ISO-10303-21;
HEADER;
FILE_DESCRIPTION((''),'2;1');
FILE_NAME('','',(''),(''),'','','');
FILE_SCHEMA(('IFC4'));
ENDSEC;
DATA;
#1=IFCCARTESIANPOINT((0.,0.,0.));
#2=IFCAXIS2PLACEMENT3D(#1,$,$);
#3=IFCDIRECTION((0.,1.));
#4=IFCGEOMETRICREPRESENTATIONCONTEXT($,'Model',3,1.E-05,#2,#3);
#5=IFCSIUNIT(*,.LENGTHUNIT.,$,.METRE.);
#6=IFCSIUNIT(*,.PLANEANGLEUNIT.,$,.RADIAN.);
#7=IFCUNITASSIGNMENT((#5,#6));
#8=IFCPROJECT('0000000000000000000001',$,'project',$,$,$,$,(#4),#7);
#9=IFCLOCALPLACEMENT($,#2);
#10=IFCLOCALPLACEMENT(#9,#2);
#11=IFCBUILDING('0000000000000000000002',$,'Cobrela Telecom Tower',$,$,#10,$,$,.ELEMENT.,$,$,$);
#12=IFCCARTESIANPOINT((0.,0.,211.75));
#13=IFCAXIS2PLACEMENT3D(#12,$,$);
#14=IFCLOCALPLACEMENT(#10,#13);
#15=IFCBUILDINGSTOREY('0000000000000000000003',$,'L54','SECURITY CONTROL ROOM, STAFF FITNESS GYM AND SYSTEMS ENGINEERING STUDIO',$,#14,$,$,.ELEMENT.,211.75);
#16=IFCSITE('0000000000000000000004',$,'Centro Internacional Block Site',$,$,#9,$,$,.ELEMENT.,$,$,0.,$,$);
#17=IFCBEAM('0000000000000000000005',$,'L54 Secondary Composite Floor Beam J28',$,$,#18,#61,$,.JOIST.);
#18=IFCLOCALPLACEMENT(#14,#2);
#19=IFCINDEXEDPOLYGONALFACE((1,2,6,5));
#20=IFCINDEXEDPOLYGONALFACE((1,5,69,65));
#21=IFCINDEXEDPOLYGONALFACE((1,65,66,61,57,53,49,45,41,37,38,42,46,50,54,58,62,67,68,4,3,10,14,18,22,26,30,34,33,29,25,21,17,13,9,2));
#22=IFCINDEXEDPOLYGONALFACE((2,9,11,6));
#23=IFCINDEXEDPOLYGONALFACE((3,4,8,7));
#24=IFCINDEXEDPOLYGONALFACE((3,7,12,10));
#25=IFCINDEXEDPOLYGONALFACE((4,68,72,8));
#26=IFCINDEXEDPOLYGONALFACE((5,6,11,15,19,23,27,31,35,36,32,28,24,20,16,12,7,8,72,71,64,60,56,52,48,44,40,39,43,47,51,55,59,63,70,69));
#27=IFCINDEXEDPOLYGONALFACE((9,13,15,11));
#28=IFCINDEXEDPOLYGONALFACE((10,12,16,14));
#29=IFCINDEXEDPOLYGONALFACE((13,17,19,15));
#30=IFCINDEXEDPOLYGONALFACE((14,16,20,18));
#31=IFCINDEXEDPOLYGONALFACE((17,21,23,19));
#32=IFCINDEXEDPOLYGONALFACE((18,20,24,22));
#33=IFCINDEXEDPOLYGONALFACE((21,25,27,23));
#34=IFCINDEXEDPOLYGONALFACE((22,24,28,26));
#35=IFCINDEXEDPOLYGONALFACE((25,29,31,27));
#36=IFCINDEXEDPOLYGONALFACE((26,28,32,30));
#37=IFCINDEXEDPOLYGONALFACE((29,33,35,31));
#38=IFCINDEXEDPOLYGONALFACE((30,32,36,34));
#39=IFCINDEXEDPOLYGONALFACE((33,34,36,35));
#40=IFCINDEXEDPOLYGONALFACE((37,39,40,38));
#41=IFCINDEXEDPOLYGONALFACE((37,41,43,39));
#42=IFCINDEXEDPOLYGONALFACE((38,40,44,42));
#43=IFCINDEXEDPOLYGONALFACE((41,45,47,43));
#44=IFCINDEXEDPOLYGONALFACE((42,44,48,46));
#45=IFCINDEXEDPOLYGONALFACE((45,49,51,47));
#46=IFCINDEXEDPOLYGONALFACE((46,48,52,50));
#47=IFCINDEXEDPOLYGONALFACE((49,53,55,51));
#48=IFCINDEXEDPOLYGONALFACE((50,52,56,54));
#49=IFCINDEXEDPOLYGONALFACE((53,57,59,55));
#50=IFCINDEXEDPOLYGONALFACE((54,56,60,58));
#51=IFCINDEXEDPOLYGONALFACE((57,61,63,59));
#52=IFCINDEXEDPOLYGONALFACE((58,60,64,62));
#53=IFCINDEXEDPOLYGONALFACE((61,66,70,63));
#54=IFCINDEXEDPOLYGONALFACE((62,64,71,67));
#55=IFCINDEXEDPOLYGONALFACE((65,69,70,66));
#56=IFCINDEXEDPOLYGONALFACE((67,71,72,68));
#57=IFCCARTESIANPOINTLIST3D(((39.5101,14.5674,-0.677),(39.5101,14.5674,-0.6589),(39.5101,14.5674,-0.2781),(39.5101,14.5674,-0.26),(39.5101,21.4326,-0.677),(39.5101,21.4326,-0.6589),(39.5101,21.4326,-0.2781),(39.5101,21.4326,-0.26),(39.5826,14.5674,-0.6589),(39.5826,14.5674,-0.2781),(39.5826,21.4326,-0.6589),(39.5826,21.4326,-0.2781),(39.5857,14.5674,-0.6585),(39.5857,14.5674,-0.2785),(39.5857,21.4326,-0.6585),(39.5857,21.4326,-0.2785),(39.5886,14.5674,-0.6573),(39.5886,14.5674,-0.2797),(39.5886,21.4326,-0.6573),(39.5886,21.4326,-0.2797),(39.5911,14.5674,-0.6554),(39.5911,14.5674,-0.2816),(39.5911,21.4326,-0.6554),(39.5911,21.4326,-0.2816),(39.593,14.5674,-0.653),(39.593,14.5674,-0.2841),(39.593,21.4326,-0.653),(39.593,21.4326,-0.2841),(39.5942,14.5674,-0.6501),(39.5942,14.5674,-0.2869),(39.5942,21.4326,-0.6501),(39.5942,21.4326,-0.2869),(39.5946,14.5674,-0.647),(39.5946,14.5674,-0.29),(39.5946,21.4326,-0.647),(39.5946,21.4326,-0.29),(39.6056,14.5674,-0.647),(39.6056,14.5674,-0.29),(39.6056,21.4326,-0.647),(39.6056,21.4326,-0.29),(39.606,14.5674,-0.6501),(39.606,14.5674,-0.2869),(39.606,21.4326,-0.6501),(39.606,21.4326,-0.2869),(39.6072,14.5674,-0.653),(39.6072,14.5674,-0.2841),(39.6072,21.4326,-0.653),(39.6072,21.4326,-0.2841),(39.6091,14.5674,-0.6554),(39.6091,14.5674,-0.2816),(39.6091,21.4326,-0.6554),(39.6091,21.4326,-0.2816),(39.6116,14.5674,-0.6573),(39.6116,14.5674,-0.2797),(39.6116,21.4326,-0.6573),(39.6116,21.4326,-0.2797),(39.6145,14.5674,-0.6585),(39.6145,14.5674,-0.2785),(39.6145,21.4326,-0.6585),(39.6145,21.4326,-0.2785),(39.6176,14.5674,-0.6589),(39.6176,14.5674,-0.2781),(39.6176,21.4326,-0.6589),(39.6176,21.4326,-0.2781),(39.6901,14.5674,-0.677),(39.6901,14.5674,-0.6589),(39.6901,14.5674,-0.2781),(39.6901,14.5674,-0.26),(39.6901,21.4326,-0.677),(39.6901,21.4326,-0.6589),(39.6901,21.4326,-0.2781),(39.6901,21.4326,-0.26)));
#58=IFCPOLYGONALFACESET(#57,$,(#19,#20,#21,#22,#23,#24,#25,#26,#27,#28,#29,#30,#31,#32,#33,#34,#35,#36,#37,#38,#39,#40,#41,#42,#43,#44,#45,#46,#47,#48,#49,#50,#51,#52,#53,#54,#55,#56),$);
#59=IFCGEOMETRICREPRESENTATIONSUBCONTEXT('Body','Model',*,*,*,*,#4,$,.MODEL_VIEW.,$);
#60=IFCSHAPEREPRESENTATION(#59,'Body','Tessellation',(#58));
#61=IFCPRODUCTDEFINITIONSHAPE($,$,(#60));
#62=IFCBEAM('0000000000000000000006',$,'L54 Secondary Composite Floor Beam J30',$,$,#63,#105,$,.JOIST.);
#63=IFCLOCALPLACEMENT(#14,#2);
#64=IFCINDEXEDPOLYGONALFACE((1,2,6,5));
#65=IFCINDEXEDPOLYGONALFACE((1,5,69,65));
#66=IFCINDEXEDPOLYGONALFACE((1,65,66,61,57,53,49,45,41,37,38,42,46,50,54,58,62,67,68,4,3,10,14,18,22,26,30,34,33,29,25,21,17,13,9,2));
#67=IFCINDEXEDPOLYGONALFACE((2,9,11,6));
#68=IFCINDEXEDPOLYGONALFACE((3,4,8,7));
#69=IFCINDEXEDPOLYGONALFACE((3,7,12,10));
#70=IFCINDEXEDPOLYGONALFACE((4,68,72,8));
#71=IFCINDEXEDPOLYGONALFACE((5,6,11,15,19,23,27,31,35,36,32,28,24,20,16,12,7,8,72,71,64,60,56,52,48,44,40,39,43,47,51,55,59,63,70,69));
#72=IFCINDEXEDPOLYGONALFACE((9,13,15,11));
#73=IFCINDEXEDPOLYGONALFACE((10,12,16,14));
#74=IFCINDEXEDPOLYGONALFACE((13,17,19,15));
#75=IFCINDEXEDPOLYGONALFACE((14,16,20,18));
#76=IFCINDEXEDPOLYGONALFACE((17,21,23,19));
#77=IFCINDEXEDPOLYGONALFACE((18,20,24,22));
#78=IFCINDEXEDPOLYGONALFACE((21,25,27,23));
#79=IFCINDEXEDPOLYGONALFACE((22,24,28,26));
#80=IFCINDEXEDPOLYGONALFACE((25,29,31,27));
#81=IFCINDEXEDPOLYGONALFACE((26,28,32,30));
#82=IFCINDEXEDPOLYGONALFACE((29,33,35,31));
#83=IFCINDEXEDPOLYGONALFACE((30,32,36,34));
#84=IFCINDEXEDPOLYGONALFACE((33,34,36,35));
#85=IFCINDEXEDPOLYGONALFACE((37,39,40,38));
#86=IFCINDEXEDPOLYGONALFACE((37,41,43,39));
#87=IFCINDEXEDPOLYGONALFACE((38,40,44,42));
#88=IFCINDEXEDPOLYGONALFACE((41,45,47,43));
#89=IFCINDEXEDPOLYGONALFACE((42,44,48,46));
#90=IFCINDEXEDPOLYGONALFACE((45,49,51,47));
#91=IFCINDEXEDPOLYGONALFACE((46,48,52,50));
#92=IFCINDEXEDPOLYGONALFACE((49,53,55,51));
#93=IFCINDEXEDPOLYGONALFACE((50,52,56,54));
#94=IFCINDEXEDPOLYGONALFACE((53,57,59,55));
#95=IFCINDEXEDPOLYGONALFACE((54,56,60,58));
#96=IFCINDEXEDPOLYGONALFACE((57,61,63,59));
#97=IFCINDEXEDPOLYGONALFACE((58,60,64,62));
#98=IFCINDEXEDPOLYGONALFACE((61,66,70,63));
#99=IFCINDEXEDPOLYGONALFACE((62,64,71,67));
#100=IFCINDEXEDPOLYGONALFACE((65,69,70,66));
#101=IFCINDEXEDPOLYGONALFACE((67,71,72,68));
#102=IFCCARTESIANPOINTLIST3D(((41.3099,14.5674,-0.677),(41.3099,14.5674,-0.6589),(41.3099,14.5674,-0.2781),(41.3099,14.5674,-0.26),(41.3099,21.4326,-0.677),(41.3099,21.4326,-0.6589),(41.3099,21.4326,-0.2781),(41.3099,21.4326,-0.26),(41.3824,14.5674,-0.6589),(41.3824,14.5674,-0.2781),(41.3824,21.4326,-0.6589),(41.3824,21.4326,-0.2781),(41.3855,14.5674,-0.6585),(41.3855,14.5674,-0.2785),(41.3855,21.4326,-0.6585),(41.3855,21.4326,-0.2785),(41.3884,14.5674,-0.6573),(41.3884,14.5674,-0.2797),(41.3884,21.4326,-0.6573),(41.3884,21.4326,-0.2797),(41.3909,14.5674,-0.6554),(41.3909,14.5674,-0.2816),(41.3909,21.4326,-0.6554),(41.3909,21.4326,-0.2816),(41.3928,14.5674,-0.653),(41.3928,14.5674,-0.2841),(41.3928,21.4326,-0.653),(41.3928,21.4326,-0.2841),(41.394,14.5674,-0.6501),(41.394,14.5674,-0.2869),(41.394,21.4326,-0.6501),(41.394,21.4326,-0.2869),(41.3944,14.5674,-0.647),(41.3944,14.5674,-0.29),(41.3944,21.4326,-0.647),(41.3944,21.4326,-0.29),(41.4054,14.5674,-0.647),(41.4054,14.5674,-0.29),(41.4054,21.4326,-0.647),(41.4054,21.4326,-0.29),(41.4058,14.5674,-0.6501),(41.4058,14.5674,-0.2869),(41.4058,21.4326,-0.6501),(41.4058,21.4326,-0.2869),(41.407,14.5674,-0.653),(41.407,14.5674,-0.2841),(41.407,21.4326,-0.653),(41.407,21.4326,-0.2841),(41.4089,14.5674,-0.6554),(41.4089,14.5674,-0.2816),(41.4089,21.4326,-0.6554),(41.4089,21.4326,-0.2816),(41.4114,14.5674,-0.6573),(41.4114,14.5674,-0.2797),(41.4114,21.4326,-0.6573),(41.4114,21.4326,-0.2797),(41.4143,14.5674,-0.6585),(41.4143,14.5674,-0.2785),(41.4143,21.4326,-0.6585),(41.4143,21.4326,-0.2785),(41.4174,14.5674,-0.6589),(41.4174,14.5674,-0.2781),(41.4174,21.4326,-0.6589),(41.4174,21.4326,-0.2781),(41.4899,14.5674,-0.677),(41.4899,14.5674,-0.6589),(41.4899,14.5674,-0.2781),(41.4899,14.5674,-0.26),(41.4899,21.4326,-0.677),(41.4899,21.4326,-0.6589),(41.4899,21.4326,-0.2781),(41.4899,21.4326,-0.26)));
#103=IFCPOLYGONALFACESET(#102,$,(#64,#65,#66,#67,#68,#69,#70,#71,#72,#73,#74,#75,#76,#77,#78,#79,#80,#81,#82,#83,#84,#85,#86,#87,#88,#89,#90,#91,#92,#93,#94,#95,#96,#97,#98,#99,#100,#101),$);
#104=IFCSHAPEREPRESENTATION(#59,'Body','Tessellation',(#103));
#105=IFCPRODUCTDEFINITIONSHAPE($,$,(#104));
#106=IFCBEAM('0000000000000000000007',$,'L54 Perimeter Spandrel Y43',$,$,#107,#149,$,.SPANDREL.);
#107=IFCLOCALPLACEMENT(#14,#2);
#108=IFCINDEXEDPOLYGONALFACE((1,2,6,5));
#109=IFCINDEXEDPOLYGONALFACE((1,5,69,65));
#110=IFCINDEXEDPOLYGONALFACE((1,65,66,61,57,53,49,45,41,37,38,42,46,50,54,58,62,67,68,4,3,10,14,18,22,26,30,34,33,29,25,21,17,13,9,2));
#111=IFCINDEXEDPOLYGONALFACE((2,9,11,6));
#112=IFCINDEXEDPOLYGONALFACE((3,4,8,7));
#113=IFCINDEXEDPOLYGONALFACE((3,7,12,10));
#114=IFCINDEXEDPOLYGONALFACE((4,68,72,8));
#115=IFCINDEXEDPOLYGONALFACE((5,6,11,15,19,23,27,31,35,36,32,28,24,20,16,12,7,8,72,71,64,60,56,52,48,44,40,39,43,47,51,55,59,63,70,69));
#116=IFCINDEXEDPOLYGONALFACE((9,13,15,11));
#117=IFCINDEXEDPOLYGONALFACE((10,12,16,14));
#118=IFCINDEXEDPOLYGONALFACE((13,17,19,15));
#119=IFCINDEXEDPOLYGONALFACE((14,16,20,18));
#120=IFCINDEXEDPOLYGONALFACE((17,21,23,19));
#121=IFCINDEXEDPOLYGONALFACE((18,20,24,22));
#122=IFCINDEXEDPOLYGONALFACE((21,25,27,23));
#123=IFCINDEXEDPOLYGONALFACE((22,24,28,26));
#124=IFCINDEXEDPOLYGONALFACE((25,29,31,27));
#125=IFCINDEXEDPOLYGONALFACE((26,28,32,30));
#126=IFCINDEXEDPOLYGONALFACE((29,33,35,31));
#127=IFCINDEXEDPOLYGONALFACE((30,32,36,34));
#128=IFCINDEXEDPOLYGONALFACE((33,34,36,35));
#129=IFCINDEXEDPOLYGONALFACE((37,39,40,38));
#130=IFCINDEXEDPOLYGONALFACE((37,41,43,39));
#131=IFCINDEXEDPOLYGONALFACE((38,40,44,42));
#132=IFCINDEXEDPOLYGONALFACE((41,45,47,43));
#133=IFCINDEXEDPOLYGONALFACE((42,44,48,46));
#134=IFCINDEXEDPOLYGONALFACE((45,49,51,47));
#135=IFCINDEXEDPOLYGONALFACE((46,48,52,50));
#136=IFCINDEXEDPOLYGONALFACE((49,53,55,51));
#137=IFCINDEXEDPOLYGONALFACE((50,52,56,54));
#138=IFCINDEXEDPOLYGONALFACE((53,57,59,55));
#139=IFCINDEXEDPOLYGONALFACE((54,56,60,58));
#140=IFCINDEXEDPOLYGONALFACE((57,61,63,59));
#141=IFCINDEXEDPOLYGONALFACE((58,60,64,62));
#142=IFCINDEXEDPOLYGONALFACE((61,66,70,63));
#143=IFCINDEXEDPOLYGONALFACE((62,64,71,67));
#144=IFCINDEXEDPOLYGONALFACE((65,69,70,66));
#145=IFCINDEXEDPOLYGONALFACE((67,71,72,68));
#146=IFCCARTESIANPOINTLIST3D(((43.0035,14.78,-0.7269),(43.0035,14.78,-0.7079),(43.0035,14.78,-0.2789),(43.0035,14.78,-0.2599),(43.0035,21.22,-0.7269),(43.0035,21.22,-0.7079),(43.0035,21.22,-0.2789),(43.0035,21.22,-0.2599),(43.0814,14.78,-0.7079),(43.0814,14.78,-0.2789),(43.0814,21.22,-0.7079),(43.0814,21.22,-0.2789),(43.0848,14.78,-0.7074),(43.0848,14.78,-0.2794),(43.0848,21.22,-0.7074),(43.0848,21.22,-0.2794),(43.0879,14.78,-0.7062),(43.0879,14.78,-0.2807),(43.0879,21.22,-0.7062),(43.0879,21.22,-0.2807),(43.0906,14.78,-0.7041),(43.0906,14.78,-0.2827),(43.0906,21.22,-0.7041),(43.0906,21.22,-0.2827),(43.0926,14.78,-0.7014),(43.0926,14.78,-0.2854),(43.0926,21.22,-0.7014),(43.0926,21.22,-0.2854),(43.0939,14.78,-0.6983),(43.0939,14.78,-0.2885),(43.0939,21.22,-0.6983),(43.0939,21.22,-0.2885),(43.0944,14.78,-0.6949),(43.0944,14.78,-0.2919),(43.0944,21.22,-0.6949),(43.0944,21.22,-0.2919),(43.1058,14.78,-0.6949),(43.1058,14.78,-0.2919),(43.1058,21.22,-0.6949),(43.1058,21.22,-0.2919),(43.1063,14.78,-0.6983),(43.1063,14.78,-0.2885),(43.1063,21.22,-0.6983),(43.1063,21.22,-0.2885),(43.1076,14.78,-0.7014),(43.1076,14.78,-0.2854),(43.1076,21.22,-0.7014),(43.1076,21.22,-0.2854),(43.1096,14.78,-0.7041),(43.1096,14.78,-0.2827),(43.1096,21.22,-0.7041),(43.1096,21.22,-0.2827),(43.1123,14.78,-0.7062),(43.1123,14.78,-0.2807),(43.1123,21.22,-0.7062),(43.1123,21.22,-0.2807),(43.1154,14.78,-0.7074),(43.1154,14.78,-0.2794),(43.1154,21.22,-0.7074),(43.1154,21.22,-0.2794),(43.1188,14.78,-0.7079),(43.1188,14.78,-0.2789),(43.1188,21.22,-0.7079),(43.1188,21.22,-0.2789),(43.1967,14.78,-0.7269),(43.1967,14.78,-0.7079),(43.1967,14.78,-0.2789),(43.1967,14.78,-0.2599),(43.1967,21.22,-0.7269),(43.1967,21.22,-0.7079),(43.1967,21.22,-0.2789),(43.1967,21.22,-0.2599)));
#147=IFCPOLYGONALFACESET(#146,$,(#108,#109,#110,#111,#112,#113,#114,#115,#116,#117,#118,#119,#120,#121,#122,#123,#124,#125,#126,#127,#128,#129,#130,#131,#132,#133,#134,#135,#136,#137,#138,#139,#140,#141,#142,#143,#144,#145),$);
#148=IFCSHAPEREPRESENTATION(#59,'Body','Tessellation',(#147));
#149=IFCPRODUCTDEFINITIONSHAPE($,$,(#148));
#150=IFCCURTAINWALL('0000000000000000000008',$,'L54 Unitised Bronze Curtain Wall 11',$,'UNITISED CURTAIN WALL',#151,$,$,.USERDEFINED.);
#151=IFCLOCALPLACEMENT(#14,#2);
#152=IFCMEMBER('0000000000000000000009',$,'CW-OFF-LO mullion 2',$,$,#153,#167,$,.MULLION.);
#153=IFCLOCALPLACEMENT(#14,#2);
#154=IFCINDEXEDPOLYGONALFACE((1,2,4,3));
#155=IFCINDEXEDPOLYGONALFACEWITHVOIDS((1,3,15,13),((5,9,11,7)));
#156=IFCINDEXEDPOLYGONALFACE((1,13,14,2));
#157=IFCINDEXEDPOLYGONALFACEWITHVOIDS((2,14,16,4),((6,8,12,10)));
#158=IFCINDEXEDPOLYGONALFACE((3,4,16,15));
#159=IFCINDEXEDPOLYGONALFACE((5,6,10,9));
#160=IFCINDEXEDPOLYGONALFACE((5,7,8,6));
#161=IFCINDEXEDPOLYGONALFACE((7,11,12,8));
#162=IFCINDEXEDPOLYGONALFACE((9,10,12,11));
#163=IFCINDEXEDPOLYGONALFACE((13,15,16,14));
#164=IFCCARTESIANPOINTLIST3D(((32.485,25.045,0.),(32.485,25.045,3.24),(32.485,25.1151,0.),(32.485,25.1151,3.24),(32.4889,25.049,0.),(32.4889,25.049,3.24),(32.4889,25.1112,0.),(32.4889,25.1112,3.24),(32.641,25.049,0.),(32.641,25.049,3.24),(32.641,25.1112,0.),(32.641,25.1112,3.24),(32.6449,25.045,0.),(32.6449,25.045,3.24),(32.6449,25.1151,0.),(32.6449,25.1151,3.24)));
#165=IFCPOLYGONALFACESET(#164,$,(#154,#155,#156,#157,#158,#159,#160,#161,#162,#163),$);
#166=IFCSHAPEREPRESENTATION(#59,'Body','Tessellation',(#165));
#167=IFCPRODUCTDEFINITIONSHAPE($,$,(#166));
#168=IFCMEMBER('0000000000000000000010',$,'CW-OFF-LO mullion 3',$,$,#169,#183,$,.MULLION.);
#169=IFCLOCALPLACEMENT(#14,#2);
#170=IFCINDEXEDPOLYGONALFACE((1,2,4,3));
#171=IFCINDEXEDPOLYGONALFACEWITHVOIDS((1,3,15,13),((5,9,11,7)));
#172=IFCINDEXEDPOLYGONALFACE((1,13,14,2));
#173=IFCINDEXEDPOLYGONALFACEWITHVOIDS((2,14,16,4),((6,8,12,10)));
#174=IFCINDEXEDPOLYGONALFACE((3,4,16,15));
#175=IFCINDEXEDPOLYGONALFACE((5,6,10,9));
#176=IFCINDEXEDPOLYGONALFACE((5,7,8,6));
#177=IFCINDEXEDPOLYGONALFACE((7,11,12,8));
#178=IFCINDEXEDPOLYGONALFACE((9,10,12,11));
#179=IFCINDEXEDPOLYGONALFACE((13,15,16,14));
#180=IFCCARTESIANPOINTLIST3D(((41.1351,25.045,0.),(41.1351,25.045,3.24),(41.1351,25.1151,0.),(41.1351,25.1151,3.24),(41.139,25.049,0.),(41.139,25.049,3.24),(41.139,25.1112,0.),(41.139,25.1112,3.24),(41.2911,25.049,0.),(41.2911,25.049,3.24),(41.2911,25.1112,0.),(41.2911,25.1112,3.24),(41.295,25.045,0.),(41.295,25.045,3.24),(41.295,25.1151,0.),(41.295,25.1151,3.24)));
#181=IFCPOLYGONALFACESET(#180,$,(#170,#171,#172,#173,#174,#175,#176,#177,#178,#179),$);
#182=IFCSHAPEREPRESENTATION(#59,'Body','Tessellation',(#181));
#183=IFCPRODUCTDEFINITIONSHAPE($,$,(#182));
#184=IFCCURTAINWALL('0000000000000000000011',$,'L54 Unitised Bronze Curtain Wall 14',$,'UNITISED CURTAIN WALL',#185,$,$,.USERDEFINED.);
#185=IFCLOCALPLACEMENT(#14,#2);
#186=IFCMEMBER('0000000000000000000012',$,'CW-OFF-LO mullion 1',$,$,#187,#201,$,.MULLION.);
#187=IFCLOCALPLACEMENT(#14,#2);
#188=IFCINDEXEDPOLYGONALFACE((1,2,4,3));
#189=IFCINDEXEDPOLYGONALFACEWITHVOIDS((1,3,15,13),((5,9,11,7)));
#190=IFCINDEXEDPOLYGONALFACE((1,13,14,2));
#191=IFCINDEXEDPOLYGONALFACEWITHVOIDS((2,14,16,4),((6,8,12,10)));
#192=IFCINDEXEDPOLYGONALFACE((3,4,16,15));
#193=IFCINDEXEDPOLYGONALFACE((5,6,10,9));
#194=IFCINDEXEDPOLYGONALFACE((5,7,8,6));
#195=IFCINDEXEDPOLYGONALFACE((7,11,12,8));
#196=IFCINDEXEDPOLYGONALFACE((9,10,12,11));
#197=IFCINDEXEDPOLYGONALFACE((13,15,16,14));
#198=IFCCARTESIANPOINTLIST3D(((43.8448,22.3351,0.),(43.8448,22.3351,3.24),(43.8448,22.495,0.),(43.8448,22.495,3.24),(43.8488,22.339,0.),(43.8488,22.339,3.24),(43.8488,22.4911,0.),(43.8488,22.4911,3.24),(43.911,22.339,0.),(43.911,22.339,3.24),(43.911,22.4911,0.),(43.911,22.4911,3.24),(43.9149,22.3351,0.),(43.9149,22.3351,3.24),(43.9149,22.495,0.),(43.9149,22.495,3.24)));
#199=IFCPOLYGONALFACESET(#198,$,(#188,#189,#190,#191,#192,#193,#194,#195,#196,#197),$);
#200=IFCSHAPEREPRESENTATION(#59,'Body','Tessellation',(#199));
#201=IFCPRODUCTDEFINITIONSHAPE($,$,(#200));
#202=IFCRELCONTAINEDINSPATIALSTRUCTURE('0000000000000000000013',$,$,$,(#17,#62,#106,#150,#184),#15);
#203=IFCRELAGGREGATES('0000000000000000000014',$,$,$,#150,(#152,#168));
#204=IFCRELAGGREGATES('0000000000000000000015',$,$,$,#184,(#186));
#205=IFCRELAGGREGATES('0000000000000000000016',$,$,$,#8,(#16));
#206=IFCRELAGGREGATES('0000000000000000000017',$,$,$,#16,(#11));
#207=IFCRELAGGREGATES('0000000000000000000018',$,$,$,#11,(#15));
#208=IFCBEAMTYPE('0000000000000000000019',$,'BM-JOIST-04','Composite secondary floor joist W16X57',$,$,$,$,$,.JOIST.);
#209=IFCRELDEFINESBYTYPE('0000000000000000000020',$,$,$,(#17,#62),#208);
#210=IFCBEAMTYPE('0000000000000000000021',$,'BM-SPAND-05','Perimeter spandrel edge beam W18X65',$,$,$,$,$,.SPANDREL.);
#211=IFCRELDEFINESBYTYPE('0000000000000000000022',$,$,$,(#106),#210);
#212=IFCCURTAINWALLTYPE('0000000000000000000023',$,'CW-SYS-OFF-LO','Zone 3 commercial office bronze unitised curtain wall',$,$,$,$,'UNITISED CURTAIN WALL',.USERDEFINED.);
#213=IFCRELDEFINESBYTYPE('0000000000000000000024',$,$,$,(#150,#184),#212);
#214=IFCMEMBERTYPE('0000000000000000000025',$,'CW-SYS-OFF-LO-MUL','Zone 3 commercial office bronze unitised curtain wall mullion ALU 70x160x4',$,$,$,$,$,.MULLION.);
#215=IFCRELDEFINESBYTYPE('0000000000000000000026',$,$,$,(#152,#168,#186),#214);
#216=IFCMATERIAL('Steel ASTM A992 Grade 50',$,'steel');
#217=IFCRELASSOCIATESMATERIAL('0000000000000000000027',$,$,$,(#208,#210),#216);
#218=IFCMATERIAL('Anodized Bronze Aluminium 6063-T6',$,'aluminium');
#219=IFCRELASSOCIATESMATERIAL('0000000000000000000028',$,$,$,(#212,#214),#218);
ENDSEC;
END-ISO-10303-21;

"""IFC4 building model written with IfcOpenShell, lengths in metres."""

from ifc_helpers import new_model, si_unit, direction, frame, origin, origin_2d, place, context, subcontext, project, spatial, hollow_rectangle, i_section, extrude, material, material_profile, profile_set, type_object, element, aggregate, save


model = new_model("IFC4")

# Units and contexts
model_context = context("Model", 3, precision=1e-05, world=origin(), true_north=direction((0.0, 1.0)))
body_context = subcontext(model_context, "Body", "Model", "MODEL_VIEW")
ifc_project = project(units=[si_unit("LENGTHUNIT", "METRE"), si_unit("PLANEANGLEUNIT", "RADIAN")], contexts=[model_context])

# Site, building, storey
site_placement = place(None, origin())
site = spatial("IfcSite", under=ifc_project, at=site_placement, Name="Centro Internacional Block Site", CompositionType="ELEMENT", RefElevation=0.0)
building_placement = place(site_placement, origin())
building = spatial("IfcBuilding", under=site, at=building_placement, Name="Cobrela Telecom Tower", CompositionType="ELEMENT")
storey_placement = place(building_placement, frame((0.0, 0.0, 211.75)))
storey = spatial("IfcBuildingStorey", under=building, at=storey_placement, Name="L54", Description="SECURITY CONTROL ROOM, STAFF FITNESS GYM AND SYSTEMS ENGINEERING STUDIO", CompositionType="ELEMENT", Elevation=211.75)

# Shared definitions
ifc_material_1 = material(Name="Steel ASTM A992 Grade 50", Category="steel")

# Beams
ifc_material_profile_1 = material_profile(ifc_material_1, i_section(OverallWidth=0.1799, OverallDepth=0.417, WebThickness=0.011, FlangeThickness=0.0181, FilletRadius=0.012, at=origin_2d()), Name="W16X57")
ifc_profile_set_1 = profile_set([ifc_material_profile_1], Name="Steel ASTM A992 Grade 50")
beam_type_1 = type_object("IfcBeamType", Name="BM-JOIST-04", Description="Composite secondary floor joist W16X57", PredefinedType="JOIST", material=ifc_profile_set_1)
for number, where, z_axis, x_axis, name in (
    (1, (39.6001, 14.5674, -0.4685), (0.0, 1.0, 0.0), (-1.0, 0.0, 0.0), "L54 Secondary Composite Floor Beam J28"),
    (2, (41.3999, 14.5674, -0.4685), (0.0, 1.0, 0.0), (-1.0, 0.0, 0.0), "L54 Secondary Composite Floor Beam J30"),
):
    element("IfcBeam", number, at=place(storey_placement, frame(where, z_axis=z_axis, x_axis=x_axis)), inside=storey, type_object=beam_type_1, Name=name, PredefinedType="JOIST", context=body_context, shape_type="SweptSolid", body=[
        extrude(i_section(OverallWidth=0.1799, OverallDepth=0.417, WebThickness=0.011, FlangeThickness=0.0181, FilletRadius=0.012, at=origin_2d()), origin(), (0.0, 0.0, 1.0), 6.8652),
    ])
ifc_material_profile_2 = material_profile(ifc_material_1, i_section(OverallWidth=0.1931, OverallDepth=0.467, WebThickness=0.0115, FlangeThickness=0.019, FilletRadius=0.0129, at=origin_2d()), Name="W18X65")
ifc_profile_set_2 = profile_set([ifc_material_profile_2], Name="Steel ASTM A992 Grade 50")
beam_type_2 = type_object("IfcBeamType", Name="BM-SPAND-05", Description="Perimeter spandrel edge beam W18X65", PredefinedType="SPANDREL", material=ifc_profile_set_2)
beam_1_placement = place(storey_placement, frame((43.1001, 14.78, -0.4934), z_axis=(0.0, 1.0, 0.0), x_axis=(-1.0, 0.0, 0.0)))
element("IfcBeam", 3, at=beam_1_placement, inside=storey, type_object=beam_type_2, Name="L54 Perimeter Spandrel Y43", PredefinedType="SPANDREL", context=body_context, shape_type="SweptSolid", body=[
    extrude(i_section(OverallWidth=0.1931, OverallDepth=0.467, WebThickness=0.0115, FlangeThickness=0.019, FilletRadius=0.0129, at=origin_2d()), origin(), (0.0, 0.0, 1.0), 6.4399),
])

# Curtain wall, members
ifc_material_2 = material(Name="Anodized Bronze Aluminium 6063-T6", Category="aluminium")
curtain_wall_type = type_object("IfcCurtainWallType", Name="CW-SYS-OFF-LO", Description="Zone 3 commercial office bronze unitised curtain wall", ElementType="UNITISED CURTAIN WALL", PredefinedType="USERDEFINED", material=ifc_material_2)
curtain_wall_1_placement = place(storey_placement, origin())
curtain_wall_1 = element("IfcCurtainWall", 4, at=curtain_wall_1_placement, inside=storey, type_object=curtain_wall_type, Name="L54 Unitised Bronze Curtain Wall 11", ObjectType="UNITISED CURTAIN WALL", PredefinedType="USERDEFINED")
ifc_material_profile_3 = material_profile(ifc_material_2, hollow_rectangle(XDim=0.0701, YDim=0.1599, WallThickness=0.0039, at=origin_2d()), Name="ALU 70x160x4")
ifc_profile_set_3 = profile_set([ifc_material_profile_3], Name="Anodized Bronze Aluminium 6063-T6")
member_type_1 = type_object("IfcMemberType", Name="CW-SYS-OFF-LO-MUL", Description="Zone 3 commercial office bronze unitised curtain wall mullion ALU 70x160x4", PredefinedType="MULLION", material=ifc_profile_set_3)
member_1_placement = place(storey_placement, frame((32.5649, 25.0801, 0.0), z_axis=(0.0, 0.0, 1.0), x_axis=(0.0, 1.0, 0.0)))
member_1 = element("IfcMember", 5, at=member_1_placement, type_object=member_type_1, Name="CW-OFF-LO mullion 2", PredefinedType="MULLION", context=body_context, shape_type="SweptSolid", body=[
    extrude(hollow_rectangle(XDim=0.0701, YDim=0.1599, WallThickness=0.0039, at=origin_2d()), origin(), (0.0, 0.0, 1.0), 3.24),
])
member_2_placement = place(storey_placement, frame((41.2151, 25.0801, 0.0), z_axis=(0.0, 0.0, 1.0), x_axis=(0.0, 1.0, 0.0)))
member_2 = element("IfcMember", 6, at=member_2_placement, type_object=member_type_1, Name="CW-OFF-LO mullion 3", PredefinedType="MULLION", context=body_context, shape_type="SweptSolid", body=[
    extrude(hollow_rectangle(XDim=0.0701, YDim=0.1599, WallThickness=0.0039, at=origin_2d()), origin(), (0.0, 0.0, 1.0), 3.24),
])

# Curtain wall, member
curtain_wall_2_placement = place(storey_placement, origin())
curtain_wall_2 = element("IfcCurtainWall", 7, at=curtain_wall_2_placement, inside=storey, type_object=curtain_wall_type, Name="L54 Unitised Bronze Curtain Wall 14", ObjectType="UNITISED CURTAIN WALL", PredefinedType="USERDEFINED")
member_3_placement = place(storey_placement, frame((43.8799, 22.415, 0.0), z_axis=(0.0, 0.0, 1.0), x_axis=(1.0, 0.0, 0.0)))
member_3 = element("IfcMember", 8, at=member_3_placement, type_object=member_type_1, Name="CW-OFF-LO mullion 1", PredefinedType="MULLION", context=body_context, shape_type="SweptSolid", body=[
    extrude(hollow_rectangle(XDim=0.0701, YDim=0.1599, WallThickness=0.0039, at=origin_2d()), origin(), (0.0, 0.0, 1.0), 3.24),
])

aggregate(curtain_wall_1, [member_1, member_2])
aggregate(curtain_wall_2, [member_3])

save(model, "model.ifc")
